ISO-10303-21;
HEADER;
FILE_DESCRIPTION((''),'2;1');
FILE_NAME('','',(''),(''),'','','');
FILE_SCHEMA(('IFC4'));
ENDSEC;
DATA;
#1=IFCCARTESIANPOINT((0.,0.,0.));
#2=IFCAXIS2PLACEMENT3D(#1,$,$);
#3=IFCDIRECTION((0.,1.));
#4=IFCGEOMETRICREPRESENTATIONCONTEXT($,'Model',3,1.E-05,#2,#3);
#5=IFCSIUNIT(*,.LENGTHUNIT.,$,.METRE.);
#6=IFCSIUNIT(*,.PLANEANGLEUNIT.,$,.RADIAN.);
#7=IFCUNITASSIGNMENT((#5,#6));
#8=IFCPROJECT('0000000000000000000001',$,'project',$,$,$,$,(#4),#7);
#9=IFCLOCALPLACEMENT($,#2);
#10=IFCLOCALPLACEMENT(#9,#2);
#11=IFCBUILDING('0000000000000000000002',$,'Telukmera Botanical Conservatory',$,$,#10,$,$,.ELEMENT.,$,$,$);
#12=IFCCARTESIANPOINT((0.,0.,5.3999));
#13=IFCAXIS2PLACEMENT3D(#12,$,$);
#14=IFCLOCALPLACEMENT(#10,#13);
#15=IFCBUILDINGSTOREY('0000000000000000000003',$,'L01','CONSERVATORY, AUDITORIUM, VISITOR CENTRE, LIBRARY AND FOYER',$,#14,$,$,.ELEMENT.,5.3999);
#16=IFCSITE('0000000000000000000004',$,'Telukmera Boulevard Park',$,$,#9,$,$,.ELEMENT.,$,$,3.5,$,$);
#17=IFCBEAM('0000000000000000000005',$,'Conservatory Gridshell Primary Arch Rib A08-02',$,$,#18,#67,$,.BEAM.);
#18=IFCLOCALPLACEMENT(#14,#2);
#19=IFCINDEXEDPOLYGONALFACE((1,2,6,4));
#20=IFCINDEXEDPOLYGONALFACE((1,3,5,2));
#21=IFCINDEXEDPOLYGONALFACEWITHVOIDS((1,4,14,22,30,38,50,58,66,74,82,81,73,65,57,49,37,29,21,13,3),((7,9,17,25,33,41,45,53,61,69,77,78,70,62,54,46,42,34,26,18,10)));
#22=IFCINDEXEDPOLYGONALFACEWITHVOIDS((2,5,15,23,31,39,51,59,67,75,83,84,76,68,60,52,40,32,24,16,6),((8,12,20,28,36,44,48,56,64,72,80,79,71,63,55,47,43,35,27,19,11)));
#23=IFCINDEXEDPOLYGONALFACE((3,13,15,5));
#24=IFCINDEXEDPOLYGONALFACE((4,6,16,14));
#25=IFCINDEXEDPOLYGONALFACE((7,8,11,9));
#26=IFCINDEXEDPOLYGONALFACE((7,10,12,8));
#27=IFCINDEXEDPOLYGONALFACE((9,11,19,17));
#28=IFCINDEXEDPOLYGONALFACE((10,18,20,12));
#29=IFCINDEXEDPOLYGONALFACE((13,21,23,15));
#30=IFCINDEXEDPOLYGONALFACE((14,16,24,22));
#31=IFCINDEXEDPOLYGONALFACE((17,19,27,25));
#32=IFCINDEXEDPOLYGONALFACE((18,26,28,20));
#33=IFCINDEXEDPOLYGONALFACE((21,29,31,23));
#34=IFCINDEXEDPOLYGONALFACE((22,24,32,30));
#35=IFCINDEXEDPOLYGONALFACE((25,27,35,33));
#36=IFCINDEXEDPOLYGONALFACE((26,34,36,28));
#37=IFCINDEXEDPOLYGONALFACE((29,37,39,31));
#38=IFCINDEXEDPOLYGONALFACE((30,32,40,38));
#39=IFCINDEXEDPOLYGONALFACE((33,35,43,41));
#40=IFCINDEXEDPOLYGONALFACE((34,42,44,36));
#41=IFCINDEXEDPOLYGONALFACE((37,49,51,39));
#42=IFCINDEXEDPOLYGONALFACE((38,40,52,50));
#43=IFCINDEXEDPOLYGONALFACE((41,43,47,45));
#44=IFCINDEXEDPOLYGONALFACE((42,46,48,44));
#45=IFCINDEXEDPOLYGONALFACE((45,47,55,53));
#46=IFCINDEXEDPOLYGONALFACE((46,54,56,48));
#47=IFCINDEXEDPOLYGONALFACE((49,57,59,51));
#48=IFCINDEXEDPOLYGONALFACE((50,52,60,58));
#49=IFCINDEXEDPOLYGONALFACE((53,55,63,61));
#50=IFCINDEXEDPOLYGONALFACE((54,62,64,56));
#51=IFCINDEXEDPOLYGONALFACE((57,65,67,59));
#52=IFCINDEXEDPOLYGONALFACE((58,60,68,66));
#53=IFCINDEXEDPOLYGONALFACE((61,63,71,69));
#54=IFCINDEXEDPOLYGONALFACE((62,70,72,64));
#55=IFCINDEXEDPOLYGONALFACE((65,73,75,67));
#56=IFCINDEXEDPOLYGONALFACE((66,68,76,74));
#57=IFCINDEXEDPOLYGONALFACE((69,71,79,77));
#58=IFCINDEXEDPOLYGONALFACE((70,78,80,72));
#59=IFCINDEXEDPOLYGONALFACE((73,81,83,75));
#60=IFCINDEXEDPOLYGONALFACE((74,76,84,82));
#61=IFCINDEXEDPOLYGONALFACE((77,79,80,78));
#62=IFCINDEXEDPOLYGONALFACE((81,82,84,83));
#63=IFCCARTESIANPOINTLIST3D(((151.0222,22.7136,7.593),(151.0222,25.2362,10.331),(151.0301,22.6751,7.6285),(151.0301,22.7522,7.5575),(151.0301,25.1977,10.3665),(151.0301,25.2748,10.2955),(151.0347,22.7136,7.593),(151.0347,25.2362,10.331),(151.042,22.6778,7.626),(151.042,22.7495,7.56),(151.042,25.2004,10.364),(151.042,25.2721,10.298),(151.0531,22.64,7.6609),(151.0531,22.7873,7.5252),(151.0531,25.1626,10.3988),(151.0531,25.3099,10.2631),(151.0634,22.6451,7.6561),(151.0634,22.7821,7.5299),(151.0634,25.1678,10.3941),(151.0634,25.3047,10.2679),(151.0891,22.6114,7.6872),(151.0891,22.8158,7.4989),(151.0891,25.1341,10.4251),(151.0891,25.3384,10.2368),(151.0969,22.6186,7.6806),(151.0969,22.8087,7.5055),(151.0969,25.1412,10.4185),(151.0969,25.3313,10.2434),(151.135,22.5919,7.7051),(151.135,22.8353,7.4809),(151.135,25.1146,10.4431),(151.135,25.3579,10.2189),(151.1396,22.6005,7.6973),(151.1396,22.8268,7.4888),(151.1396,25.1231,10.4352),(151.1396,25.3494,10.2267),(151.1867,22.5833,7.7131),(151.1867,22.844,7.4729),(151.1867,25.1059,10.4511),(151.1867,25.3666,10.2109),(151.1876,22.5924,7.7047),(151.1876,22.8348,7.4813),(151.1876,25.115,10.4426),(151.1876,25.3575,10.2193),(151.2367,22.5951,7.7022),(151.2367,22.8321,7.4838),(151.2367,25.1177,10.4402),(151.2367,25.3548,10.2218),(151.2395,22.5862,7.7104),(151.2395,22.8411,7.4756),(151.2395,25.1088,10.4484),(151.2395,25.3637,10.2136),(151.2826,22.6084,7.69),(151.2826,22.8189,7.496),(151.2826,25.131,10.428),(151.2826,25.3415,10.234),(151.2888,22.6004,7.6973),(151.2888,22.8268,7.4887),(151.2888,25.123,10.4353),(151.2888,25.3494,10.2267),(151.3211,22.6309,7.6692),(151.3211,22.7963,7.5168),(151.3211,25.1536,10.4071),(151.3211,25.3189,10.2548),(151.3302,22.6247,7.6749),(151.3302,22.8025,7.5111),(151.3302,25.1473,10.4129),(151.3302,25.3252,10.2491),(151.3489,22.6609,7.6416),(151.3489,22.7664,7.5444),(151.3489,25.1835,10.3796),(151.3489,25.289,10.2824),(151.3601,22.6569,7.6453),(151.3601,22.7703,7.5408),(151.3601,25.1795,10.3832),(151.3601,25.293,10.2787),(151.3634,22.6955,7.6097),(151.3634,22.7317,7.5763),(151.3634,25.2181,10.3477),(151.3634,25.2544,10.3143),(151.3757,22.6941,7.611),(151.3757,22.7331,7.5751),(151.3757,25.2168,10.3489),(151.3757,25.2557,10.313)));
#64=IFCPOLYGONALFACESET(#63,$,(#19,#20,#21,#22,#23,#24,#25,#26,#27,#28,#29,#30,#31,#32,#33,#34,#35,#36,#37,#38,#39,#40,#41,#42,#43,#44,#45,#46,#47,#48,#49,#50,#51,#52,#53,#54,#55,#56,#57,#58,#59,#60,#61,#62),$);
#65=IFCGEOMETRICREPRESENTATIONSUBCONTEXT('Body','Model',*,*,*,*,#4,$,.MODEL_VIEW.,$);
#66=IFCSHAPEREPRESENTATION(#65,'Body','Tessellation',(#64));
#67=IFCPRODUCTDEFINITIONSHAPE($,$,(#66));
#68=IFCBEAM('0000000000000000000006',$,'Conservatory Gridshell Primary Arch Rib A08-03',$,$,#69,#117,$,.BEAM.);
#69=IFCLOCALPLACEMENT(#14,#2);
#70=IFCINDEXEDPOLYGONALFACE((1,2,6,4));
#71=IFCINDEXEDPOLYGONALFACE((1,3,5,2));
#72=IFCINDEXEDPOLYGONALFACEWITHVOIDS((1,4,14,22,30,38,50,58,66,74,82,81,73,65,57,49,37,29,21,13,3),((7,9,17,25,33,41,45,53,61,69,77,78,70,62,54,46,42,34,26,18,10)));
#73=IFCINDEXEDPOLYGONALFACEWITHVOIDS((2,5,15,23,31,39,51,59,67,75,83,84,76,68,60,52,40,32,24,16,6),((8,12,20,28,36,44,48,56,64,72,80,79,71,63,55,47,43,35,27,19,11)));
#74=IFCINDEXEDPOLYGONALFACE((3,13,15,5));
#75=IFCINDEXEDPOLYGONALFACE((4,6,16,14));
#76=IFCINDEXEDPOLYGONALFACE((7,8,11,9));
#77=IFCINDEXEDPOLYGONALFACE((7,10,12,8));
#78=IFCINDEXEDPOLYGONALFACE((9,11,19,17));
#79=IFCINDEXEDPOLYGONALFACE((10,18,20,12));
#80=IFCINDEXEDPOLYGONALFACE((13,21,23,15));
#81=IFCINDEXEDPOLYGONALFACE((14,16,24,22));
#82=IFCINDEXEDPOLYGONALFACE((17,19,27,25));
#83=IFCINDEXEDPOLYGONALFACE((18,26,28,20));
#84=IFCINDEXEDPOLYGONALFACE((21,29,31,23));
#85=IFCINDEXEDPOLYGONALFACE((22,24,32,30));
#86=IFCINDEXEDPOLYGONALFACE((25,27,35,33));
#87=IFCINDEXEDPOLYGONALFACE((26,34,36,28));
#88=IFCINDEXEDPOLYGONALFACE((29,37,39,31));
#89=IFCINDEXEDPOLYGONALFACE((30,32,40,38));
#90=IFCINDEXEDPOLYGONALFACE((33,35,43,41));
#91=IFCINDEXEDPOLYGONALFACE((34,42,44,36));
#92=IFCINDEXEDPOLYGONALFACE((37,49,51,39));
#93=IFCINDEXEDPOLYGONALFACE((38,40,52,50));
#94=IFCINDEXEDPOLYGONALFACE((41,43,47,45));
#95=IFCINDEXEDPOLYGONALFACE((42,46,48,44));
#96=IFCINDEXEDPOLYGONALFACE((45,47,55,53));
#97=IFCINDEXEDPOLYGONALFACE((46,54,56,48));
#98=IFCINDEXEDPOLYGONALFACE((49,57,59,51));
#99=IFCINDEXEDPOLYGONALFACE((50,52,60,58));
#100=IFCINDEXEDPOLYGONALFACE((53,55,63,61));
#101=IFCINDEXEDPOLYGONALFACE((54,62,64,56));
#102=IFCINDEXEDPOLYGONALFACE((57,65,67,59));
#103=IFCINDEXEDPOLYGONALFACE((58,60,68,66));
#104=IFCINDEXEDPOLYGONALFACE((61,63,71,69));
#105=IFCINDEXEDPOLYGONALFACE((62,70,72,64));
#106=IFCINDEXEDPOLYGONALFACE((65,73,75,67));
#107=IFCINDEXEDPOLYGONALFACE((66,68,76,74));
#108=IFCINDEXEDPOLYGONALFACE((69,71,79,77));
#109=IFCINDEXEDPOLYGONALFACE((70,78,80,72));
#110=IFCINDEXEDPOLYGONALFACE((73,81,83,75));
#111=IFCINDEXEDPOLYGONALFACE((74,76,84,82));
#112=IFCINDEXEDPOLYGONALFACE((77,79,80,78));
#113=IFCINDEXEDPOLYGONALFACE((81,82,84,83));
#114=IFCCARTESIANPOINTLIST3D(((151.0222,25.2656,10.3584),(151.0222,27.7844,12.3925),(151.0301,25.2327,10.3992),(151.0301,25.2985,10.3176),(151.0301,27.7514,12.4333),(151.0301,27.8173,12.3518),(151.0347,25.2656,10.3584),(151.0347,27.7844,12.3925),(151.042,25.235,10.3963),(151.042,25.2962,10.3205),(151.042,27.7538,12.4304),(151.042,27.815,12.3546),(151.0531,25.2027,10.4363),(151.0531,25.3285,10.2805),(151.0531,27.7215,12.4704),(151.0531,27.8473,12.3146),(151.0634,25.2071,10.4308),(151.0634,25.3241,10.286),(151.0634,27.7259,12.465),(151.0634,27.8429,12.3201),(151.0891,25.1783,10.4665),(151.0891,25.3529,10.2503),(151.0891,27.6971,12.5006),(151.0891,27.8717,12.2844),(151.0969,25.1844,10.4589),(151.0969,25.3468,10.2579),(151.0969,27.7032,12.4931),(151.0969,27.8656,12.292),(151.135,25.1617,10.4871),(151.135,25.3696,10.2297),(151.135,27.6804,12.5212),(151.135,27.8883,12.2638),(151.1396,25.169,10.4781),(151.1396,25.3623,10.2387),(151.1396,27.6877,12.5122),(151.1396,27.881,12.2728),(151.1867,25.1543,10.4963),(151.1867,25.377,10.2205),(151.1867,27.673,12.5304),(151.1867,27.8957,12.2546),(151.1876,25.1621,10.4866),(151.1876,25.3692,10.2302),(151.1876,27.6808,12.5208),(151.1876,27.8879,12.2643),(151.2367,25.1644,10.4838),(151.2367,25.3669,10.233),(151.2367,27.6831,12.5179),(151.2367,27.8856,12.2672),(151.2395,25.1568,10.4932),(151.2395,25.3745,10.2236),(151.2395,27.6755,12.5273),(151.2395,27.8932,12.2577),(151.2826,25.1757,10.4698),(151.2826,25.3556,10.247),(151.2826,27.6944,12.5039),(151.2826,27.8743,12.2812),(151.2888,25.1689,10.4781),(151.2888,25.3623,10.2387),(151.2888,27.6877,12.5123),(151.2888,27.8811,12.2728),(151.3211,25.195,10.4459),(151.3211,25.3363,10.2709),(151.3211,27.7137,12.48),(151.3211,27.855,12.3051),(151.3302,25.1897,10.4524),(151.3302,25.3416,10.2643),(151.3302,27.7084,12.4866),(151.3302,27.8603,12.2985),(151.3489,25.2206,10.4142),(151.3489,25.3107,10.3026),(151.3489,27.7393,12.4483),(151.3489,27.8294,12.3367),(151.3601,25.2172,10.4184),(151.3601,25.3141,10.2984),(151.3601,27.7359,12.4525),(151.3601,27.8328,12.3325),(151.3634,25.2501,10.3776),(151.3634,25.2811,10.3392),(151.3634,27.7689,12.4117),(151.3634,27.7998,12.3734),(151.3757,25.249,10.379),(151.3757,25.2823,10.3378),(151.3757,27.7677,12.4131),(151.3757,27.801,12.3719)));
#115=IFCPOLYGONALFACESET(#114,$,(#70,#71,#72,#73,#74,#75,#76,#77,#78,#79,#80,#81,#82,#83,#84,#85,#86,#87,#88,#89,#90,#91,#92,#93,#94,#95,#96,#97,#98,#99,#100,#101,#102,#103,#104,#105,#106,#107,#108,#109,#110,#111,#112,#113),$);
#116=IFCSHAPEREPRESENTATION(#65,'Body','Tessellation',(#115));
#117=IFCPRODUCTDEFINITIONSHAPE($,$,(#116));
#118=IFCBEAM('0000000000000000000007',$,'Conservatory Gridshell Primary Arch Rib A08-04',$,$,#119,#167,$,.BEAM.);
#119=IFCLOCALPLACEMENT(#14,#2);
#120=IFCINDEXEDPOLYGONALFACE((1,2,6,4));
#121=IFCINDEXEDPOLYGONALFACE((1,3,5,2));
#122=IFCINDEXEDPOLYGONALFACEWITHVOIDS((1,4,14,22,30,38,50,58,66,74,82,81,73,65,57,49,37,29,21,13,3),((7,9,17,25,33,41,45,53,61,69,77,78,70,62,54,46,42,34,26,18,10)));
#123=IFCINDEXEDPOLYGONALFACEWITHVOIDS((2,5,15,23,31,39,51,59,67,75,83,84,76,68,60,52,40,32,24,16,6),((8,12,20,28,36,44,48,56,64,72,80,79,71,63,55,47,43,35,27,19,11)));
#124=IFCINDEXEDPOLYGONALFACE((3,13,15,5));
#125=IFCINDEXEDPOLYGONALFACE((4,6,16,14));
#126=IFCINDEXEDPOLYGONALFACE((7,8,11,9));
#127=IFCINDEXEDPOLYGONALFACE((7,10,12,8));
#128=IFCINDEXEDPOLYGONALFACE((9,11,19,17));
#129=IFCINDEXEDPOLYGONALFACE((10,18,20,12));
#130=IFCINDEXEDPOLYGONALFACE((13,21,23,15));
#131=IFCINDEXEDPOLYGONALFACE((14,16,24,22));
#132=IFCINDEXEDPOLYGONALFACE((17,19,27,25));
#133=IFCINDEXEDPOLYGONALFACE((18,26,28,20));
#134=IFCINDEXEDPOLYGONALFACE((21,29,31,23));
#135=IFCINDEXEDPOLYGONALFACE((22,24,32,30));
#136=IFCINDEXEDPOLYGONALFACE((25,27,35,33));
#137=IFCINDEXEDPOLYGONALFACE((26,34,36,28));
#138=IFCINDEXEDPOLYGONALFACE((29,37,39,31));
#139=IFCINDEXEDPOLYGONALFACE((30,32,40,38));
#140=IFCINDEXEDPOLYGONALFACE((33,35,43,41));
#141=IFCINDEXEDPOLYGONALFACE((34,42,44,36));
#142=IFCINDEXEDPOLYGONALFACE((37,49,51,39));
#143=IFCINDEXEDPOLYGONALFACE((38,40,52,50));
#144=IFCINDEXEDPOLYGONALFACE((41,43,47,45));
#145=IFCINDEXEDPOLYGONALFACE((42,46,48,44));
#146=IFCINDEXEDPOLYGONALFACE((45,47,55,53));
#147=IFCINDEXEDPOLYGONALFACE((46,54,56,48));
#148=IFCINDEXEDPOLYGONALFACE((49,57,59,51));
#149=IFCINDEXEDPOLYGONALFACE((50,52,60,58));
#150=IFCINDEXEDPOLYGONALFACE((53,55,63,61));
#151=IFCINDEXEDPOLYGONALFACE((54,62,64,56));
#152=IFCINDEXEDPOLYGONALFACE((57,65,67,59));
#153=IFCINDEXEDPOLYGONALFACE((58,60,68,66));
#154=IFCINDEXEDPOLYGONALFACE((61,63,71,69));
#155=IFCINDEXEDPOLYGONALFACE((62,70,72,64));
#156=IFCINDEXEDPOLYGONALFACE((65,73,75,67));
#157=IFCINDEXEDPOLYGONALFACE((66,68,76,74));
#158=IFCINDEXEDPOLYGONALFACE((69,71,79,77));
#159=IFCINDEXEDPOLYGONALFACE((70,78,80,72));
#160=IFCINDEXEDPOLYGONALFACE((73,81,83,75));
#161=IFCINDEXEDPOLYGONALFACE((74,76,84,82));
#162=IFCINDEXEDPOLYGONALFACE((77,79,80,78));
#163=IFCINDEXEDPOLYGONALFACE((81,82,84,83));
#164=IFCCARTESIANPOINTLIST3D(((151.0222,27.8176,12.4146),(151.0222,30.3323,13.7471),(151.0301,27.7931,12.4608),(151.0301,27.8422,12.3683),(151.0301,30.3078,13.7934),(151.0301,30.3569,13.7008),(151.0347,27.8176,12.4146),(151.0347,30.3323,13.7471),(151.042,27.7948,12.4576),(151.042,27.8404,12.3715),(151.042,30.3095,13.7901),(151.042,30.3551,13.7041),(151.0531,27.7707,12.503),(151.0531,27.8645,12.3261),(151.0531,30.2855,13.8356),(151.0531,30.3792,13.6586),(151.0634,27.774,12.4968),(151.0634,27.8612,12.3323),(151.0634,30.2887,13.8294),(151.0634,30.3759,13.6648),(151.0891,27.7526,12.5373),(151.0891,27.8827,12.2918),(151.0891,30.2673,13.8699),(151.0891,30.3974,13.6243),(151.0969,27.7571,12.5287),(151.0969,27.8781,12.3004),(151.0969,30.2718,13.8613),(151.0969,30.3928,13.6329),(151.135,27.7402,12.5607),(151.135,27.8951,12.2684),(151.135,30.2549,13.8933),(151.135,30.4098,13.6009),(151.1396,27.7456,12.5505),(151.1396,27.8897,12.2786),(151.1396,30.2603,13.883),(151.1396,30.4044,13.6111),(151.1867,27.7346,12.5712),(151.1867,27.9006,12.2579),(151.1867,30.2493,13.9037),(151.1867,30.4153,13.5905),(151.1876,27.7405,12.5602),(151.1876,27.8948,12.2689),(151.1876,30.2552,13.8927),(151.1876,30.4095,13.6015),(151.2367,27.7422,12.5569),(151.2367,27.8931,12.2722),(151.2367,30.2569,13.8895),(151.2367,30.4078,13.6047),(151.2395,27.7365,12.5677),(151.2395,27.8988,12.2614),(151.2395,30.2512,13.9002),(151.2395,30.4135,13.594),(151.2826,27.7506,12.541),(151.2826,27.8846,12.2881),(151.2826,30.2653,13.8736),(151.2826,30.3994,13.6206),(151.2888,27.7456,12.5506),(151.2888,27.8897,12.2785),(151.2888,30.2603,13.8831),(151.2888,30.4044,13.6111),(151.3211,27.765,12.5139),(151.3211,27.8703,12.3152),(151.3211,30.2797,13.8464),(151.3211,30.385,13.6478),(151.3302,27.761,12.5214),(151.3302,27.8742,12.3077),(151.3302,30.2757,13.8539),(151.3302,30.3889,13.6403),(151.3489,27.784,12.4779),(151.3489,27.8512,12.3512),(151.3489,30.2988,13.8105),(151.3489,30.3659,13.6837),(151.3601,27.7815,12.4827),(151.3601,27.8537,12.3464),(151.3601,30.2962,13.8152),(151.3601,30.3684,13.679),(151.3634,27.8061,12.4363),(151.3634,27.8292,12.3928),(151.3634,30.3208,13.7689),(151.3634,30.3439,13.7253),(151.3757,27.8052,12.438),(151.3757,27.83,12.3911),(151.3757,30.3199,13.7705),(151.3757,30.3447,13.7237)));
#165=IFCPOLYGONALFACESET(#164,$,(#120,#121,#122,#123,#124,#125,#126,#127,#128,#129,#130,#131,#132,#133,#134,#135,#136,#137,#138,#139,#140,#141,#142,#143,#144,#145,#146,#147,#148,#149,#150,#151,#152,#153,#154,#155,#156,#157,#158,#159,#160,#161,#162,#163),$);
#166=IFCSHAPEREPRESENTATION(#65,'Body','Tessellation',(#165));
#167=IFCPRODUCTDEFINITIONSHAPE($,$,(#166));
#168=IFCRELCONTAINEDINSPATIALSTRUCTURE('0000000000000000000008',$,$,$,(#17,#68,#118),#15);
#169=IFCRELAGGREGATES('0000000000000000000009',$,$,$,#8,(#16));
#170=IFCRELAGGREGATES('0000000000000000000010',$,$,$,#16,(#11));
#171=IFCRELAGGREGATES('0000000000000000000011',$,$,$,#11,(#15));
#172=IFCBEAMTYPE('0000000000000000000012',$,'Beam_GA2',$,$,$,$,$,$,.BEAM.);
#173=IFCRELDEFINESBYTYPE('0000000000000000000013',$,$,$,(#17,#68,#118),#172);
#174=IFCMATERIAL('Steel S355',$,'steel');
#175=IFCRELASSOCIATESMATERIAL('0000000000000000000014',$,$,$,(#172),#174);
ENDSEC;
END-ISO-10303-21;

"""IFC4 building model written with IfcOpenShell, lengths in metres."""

from ifc_helpers import new_model, si_unit, direction, frame, origin, origin_2d, place, context, subcontext, project, spatial, hollow_circle, extrude, material, material_profile, profile_set, type_object, element, save


model = new_model("IFC4")

# Units and contexts
model_context = context("Model", 3, precision=1e-05, world=origin(), true_north=direction((0.0, 1.0)))
body_context = subcontext(model_context, "Body", "Model", "MODEL_VIEW")
ifc_project = project(units=[si_unit("LENGTHUNIT", "METRE"), si_unit("PLANEANGLEUNIT", "RADIAN")], contexts=[model_context])

# Site, building, storey
site_placement = place(None, origin())
site = spatial("IfcSite", under=ifc_project, at=site_placement, Name="Telukmera Boulevard Park", CompositionType="ELEMENT", RefElevation=3.5)
building_placement = place(site_placement, origin())
building = spatial("IfcBuilding", under=site, at=building_placement, Name="Telukmera Botanical Conservatory", CompositionType="ELEMENT")
storey_placement = place(building_placement, frame((0.0, 0.0, 5.3999)))
storey = spatial("IfcBuildingStorey", under=building, at=storey_placement, Name="L01", Description="CONSERVATORY, AUDITORIUM, VISITOR CENTRE, LIBRARY AND FOYER", CompositionType="ELEMENT", Elevation=5.3999)

# Beams
ifc_material = material(Name="Steel S355", Category="steel")
ifc_material_profile_1 = material_profile(ifc_material, hollow_circle(Radius=0.1777, WallThickness=0.0125, at=origin_2d()), Name="CHS 355.6x12.5")
ifc_profile_set_1 = profile_set([ifc_material_profile_1], Name="Steel S355")
beam_type = type_object("IfcBeamType", Name="Beam_GA2", PredefinedType="BEAM", material=ifc_profile_set_1)
beam_1_placement = place(storey_placement, frame((151.2, 22.7136, 7.593), z_axis=(0.0, 0.677596, 0.735434), x_axis=(-1.0, 0.0, 0.0)))
element("IfcBeam", 1, at=beam_1_placement, inside=storey, type_object=beam_type, Name="Conservatory Gridshell Primary Arch Rib A08-02", PredefinedType="BEAM", context=body_context, shape_type="SweptSolid", body=[
    extrude(hollow_circle(Radius=0.1777, WallThickness=0.0125, at=origin_2d()), origin(), (0.0, 0.0, 1.0), 3.7229),
])
beam_2_placement = place(storey_placement, frame((151.2, 25.2656, 10.3584), z_axis=(0.0, 0.777977, 0.628293), x_axis=(-1.0, 0.0, 0.0)))
element("IfcBeam", 2, at=beam_2_placement, inside=storey, type_object=beam_type, Name="Conservatory Gridshell Primary Arch Rib A08-03", PredefinedType="BEAM", context=body_context, shape_type="SweptSolid", body=[
    extrude(hollow_circle(Radius=0.1777, WallThickness=0.0125, at=origin_2d()), origin(), (0.0, 0.0, 1.0), 3.2375),
])
beam_3_placement = place(storey_placement, frame((151.2, 27.8176, 12.4146), z_axis=(0.0, 0.883608, 0.468227), x_axis=(-1.0, 0.0, 0.0)))
element("IfcBeam", 3, at=beam_3_placement, inside=storey, type_object=beam_type, Name="Conservatory Gridshell Primary Arch Rib A08-04", PredefinedType="BEAM", context=body_context, shape_type="SweptSolid", body=[
    extrude(hollow_circle(Radius=0.1777, WallThickness=0.0125, at=origin_2d()), origin(), (0.0, 0.0, 1.0), 2.8459),
])

save(model, "model.ifc")
